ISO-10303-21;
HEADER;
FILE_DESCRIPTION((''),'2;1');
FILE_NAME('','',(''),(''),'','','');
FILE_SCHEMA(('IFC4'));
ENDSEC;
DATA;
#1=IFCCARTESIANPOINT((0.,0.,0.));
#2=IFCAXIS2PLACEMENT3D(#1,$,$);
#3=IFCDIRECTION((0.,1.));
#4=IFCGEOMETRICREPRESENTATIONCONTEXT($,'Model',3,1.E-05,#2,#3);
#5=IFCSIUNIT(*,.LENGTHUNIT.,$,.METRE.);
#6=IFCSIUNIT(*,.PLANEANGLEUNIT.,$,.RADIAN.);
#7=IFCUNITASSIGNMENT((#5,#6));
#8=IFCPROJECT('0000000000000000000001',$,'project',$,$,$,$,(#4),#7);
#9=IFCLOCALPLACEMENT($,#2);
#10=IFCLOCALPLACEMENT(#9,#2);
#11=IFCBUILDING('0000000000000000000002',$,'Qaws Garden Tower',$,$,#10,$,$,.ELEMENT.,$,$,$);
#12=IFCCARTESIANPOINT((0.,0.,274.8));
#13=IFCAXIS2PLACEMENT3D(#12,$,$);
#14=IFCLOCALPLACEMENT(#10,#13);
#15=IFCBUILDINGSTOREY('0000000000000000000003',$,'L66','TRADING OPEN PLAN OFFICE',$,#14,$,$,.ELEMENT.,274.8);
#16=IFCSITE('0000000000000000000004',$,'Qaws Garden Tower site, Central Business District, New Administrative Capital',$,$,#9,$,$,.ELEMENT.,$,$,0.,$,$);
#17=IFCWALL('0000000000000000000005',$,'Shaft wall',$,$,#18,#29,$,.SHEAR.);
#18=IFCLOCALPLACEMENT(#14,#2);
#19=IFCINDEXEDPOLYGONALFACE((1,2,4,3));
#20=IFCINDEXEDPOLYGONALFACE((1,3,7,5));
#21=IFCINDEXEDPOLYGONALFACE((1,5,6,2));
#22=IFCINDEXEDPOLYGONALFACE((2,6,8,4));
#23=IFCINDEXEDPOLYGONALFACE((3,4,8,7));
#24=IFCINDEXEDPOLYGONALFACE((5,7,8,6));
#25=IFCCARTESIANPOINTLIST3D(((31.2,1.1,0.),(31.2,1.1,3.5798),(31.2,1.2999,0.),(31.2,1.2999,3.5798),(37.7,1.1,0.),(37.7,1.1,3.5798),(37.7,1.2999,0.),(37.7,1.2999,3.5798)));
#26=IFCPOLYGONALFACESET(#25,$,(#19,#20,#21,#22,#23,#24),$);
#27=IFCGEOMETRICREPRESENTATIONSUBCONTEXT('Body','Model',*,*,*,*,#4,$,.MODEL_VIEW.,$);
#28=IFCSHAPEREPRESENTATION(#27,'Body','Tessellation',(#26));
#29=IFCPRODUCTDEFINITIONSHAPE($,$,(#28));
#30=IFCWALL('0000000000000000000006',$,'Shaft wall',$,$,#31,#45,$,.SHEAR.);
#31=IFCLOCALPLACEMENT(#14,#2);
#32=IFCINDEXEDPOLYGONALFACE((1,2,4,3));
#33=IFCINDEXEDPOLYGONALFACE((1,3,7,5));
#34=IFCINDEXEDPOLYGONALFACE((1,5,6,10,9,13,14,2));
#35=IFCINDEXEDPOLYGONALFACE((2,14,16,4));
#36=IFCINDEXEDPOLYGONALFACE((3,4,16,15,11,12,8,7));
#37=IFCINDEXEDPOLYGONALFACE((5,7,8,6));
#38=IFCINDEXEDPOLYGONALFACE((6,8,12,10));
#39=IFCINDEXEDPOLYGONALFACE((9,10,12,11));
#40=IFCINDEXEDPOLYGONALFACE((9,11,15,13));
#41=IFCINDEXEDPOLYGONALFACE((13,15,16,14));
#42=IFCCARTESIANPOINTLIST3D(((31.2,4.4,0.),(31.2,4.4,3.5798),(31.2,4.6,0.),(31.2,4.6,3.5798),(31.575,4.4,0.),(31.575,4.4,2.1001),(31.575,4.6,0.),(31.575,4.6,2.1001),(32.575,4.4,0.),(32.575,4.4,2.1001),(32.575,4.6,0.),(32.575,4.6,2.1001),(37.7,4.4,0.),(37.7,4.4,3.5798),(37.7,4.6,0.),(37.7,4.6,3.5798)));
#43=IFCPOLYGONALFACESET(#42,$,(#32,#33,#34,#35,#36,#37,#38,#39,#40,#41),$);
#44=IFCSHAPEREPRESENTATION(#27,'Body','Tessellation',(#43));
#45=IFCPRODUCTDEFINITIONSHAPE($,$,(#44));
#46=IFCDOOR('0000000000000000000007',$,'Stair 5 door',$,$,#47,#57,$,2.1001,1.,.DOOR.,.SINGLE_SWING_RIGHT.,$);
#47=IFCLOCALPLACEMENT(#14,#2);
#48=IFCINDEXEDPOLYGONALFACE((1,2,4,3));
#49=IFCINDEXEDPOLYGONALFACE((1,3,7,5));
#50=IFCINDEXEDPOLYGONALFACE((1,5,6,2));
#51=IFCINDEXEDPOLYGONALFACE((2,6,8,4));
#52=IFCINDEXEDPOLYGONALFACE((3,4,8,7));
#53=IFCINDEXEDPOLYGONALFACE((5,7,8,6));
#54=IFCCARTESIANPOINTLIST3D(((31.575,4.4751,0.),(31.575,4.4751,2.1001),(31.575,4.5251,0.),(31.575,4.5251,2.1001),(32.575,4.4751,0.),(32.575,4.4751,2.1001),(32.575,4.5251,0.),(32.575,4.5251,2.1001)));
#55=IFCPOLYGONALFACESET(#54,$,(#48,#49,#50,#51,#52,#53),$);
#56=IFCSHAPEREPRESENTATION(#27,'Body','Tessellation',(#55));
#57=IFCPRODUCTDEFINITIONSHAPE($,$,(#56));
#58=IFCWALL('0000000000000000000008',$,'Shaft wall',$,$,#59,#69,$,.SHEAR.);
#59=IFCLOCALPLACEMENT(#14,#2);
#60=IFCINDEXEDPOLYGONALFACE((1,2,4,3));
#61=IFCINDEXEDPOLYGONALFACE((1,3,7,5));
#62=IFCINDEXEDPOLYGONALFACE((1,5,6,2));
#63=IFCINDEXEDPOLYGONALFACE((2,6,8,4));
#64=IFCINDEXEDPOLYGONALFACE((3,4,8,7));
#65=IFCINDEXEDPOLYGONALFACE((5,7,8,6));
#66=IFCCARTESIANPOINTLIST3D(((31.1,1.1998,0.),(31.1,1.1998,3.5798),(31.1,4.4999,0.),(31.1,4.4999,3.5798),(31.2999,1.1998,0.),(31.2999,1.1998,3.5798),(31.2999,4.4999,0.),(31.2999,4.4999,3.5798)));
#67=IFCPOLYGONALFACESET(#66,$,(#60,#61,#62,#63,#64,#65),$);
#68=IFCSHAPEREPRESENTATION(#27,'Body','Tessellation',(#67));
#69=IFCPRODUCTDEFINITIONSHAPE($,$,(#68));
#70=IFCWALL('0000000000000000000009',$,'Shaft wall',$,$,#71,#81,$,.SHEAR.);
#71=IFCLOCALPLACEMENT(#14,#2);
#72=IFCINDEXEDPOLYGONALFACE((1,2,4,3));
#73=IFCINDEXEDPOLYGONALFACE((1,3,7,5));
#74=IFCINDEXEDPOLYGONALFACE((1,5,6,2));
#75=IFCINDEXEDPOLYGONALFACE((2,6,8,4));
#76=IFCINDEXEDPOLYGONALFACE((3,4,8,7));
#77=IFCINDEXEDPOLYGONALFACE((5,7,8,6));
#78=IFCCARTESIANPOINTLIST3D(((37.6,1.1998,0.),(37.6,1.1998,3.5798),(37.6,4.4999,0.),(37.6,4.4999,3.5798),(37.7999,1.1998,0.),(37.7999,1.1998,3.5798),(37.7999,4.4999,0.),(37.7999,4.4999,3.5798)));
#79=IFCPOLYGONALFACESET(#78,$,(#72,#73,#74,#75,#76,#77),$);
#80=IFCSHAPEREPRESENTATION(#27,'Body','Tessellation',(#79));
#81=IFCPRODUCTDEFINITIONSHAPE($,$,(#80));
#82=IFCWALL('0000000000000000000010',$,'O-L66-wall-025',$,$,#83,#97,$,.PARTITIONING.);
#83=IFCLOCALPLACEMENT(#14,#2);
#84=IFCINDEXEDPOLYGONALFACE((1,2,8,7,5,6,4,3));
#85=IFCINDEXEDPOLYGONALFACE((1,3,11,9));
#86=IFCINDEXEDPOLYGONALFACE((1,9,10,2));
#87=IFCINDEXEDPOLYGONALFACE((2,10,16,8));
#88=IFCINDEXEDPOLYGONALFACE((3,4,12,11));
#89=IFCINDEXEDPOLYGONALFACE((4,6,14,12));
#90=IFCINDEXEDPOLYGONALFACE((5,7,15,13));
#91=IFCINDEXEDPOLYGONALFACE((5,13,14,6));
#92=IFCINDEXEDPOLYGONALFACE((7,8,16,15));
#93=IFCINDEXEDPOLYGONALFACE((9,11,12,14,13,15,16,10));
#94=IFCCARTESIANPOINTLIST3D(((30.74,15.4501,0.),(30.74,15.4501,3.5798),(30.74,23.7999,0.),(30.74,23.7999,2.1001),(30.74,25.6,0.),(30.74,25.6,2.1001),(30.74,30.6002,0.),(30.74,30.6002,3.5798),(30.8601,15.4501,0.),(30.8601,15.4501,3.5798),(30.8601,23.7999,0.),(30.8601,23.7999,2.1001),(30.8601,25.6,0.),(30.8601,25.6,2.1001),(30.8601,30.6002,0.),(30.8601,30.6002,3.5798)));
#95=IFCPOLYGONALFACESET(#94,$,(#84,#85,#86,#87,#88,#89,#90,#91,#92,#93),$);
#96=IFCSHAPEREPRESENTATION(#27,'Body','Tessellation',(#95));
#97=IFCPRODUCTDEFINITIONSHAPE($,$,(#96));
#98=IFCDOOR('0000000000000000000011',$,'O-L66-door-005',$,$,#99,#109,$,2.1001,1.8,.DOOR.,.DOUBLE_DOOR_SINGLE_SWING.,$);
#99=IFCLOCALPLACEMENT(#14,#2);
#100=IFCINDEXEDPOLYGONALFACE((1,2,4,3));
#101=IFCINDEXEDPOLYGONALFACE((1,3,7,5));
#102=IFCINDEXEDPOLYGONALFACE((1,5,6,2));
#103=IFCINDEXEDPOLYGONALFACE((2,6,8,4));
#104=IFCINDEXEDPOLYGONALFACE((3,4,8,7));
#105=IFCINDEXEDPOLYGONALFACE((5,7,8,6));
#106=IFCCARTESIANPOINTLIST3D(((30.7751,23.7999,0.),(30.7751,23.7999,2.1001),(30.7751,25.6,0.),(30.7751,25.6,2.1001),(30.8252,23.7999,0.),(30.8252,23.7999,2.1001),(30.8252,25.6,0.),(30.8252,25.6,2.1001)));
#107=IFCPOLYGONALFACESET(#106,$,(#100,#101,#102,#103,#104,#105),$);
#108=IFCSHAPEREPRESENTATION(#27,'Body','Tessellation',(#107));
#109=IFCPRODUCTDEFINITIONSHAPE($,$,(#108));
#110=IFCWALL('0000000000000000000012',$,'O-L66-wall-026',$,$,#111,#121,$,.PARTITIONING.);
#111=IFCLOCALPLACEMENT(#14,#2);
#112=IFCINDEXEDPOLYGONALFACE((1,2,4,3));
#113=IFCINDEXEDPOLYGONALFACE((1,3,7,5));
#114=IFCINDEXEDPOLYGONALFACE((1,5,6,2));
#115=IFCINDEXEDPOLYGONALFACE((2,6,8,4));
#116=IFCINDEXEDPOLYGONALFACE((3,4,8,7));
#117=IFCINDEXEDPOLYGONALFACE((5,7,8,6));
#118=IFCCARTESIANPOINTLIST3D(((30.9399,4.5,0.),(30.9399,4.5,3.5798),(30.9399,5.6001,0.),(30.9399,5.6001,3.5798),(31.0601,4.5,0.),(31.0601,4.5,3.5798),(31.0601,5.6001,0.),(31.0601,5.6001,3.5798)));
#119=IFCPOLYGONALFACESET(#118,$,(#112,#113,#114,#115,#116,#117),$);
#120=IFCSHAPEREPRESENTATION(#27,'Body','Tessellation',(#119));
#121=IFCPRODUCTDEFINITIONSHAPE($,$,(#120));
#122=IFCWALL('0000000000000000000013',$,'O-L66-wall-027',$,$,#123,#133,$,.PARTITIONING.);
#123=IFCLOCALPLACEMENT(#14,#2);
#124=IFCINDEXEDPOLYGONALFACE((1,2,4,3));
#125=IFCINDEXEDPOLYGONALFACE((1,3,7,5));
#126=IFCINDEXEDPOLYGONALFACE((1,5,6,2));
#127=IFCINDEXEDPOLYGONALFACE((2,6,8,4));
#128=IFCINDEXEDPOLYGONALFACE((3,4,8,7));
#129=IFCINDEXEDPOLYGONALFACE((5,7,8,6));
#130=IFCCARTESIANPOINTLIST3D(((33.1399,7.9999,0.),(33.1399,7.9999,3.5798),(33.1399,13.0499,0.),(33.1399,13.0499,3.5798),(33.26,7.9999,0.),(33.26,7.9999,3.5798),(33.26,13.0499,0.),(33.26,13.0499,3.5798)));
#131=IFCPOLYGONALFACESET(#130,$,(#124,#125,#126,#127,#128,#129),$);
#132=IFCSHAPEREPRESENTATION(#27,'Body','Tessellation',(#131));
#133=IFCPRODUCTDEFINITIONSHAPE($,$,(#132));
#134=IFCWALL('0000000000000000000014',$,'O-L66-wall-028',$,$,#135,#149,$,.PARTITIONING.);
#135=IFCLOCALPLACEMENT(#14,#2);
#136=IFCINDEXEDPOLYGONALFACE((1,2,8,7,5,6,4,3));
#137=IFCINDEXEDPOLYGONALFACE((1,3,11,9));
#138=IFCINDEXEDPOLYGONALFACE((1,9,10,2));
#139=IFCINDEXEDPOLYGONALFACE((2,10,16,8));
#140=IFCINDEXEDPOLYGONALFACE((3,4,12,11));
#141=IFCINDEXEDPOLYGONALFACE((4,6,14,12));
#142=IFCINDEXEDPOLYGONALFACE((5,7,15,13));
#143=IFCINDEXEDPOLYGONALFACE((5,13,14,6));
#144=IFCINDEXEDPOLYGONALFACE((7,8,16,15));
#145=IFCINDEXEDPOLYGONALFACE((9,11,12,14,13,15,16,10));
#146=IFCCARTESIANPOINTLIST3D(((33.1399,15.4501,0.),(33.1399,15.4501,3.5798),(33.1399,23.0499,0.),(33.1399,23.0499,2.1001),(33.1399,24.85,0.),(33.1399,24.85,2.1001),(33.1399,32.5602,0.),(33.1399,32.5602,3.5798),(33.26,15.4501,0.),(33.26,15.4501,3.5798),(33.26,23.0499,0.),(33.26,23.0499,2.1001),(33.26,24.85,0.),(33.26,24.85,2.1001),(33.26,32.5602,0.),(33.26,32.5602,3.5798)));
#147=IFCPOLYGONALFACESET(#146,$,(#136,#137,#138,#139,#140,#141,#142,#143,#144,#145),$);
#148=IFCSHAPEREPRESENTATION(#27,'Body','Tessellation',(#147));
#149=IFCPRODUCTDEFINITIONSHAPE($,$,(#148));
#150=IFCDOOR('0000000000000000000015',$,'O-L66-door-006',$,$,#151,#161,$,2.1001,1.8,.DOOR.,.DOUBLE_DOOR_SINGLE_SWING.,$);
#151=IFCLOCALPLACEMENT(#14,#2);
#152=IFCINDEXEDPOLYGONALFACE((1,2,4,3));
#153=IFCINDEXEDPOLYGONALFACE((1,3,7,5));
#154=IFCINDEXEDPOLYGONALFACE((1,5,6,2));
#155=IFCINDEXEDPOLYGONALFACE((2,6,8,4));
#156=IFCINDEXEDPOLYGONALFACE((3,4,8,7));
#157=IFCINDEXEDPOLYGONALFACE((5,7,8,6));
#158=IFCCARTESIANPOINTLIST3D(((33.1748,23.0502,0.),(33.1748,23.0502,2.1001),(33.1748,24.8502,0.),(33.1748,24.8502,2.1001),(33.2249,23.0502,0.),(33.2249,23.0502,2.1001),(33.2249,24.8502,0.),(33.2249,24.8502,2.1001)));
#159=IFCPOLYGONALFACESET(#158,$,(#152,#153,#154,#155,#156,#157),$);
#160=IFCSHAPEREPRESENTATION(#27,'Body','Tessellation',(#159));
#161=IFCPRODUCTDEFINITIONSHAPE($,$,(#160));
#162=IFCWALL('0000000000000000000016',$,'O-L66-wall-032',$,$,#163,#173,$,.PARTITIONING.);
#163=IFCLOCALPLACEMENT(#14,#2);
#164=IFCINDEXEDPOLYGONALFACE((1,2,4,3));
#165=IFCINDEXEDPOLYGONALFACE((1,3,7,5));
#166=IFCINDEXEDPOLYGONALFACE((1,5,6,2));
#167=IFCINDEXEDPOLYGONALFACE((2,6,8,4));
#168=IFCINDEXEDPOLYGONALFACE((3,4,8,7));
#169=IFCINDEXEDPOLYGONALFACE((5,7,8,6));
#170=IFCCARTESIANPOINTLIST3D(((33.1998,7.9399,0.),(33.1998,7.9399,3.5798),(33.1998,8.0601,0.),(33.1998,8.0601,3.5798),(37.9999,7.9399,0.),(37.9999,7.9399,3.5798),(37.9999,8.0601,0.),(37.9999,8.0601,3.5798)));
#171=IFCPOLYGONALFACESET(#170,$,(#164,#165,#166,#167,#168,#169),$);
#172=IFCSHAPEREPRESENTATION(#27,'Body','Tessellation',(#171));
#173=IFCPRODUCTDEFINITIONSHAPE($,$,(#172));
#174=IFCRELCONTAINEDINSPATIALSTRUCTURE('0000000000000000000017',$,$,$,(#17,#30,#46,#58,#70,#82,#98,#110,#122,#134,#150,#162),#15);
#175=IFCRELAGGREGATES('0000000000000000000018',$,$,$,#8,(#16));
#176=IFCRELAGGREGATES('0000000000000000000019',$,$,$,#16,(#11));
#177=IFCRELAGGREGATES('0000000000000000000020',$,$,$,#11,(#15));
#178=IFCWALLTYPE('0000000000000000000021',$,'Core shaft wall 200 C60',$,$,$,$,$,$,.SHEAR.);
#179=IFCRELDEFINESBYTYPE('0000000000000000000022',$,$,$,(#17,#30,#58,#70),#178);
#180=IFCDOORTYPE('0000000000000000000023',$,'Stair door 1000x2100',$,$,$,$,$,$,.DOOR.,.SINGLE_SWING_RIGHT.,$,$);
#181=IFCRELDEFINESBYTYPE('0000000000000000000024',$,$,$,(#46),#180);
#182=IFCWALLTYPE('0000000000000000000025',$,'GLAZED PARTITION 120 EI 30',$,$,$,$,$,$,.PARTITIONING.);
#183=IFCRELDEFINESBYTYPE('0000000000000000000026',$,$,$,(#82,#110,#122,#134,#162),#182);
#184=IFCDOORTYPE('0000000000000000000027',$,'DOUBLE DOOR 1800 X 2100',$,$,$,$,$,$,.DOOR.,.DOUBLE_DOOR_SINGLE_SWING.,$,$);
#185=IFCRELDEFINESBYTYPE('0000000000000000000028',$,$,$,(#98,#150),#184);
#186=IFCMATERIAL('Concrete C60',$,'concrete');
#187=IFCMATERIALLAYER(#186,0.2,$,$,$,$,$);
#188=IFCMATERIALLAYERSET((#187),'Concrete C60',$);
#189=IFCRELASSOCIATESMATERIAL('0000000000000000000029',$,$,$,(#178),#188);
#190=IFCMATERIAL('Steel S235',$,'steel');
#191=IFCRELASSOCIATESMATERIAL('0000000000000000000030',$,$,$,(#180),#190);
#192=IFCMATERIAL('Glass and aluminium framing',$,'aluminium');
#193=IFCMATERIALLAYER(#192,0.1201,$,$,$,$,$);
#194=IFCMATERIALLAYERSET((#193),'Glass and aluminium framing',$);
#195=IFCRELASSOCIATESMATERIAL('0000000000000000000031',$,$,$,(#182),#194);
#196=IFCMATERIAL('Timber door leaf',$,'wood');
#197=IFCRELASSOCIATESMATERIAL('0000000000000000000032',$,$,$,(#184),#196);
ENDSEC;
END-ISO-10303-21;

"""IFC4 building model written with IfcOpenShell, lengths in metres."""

from ifc_helpers import new_model, si_unit, direction, frame, frame_2d, origin, place, context, subcontext, project, spatial, rectangle, extrude, material, layer, layer_set, type_object, element, fill, save


model = new_model("IFC4")

# Units and contexts
model_context = context("Model", 3, precision=1e-05, world=origin(), true_north=direction((0.0, 1.0)))
body_context = subcontext(model_context, "Body", "Model", "MODEL_VIEW")
ifc_project = project(units=[si_unit("LENGTHUNIT", "METRE"), si_unit("PLANEANGLEUNIT", "RADIAN")], contexts=[model_context])

# Site, building, storey
site_placement = place(None, origin())
site = spatial("IfcSite", under=ifc_project, at=site_placement, Name="Qaws Garden Tower site, Central Business District, New Administrative Capital", CompositionType="ELEMENT", RefElevation=0.0)
building_placement = place(site_placement, origin())
building = spatial("IfcBuilding", under=site, at=building_placement, Name="Qaws Garden Tower", CompositionType="ELEMENT")
storey_placement = place(building_placement, frame((0.0, 0.0, 274.8)))
storey = spatial("IfcBuildingStorey", under=building, at=storey_placement, Name="L66", Description="TRADING OPEN PLAN OFFICE", CompositionType="ELEMENT", Elevation=274.8)

# Wall
ifc_material_1 = material(Name="Concrete C60", Category="concrete")
ifc_layer_1 = layer(ifc_material_1, 0.2)
ifc_layer_set_1 = layer_set([ifc_layer_1], Name="Concrete C60")
wall_type_1 = type_object("IfcWallType", Name="Core shaft wall 200 C60", PredefinedType="SHEAR", material=ifc_layer_set_1)
wall_1_placement = place(storey_placement, frame((31.2, 1.2, 0.0), z_axis=(0.0, 0.0, 1.0), x_axis=(1.0, 0.0, 0.0)))
element("IfcWall", 1, at=wall_1_placement, inside=storey, type_object=wall_type_1, Name="Shaft wall", PredefinedType="SHEAR", context=body_context, shape_type="SweptSolid", body=[
    extrude(rectangle(XDim=6.5, YDim=0.2, at=frame_2d((3.25, 0.0))), origin(), (0.0, 0.0, 1.0), 3.5798),
])

# Wall, opening, door
wall_2_placement = place(storey_placement, frame((31.2, 4.5, 0.0), z_axis=(0.0, 0.0, 1.0), x_axis=(1.0, 0.0, 0.0)))
wall_2 = element("IfcWall", 2, at=wall_2_placement, inside=storey, type_object=wall_type_1, Name="Shaft wall", PredefinedType="SHEAR", context=body_context, shape_type="SweptSolid", body=[
    extrude(rectangle(XDim=6.5, YDim=0.2, at=frame_2d((3.25, 0.0))), origin(), (0.0, 0.0, 1.0), 3.5798),
])
opening_1_placement = place(wall_2_placement, frame((0.375, 0.0, 0.0)))
opening_1 = element("IfcOpeningElement", 3, at=opening_1_placement, cuts=wall_2, PredefinedType="OPENING", context=body_context, shape_type="SweptSolid", body=[
    extrude(rectangle(XDim=1.0, YDim=2.1001, at=frame_2d((0.5, 1.05))), frame((0.0, 0.1099, 0.0), z_axis=(0.0, -1.0, 0.0), x_axis=(1.0, 0.0, 0.0)), (0.0, 0.0, 1.0), 0.22),
])
ifc_material_2 = material(Name="Steel S235", Category="steel")
door_type_1 = type_object("IfcDoorType", Name="Stair door 1000x2100", OperationType="SINGLE_SWING_RIGHT", PredefinedType="DOOR", material=ifc_material_2)
door_1_placement = place(opening_1_placement, frame((1.0, 0.0, 0.0), z_axis=(0.0, 0.0, 1.0), x_axis=(-1.0, 0.0, 0.0)))
door_1 = element("IfcDoor", 4, at=door_1_placement, inside=storey, type_object=door_type_1, Name="Stair 5 door", OperationType="SINGLE_SWING_RIGHT", OverallHeight=2.1001, OverallWidth=1.0, PredefinedType="DOOR", context=body_context, shape_type="SweptSolid", body=[
    extrude(rectangle(XDim=1.0, YDim=2.1001, at=frame_2d((0.5, 1.05))), frame((0.0, 0.0249, 0.0), z_axis=(0.0, -1.0, 0.0), x_axis=(1.0, 0.0, 0.0)), (0.0, 0.0, 1.0), 0.05),
])
fill(opening_1, door_1)

# Walls
for number, where, z_axis, x_axis, name in (
    (5, (31.2, 1.2, 0.0), (0.0, 0.0, 1.0), (0.0, 1.0, 0.0), "Shaft wall"),
    (6, (37.7, 1.2, 0.0), (0.0, 0.0, 1.0), (0.0, 1.0, 0.0), "Shaft wall"),
):
    element("IfcWall", number, at=place(storey_placement, frame(where, z_axis=z_axis, x_axis=x_axis)), inside=storey, type_object=wall_type_1, Name=name, PredefinedType="SHEAR", context=body_context, shape_type="SweptSolid", body=[
        extrude(rectangle(XDim=3.3, YDim=0.2, at=frame_2d((1.6499, 0.0))), origin(), (0.0, 0.0, 1.0), 3.5798),
    ])

# Wall, opening, door
ifc_material_3 = material(Name="Glass and aluminium framing", Category="aluminium")
ifc_layer_2 = layer(ifc_material_3, 0.1201)
ifc_layer_set_2 = layer_set([ifc_layer_2], Name="Glass and aluminium framing")
wall_type_2 = type_object("IfcWallType", Name="GLAZED PARTITION 120 EI 30", PredefinedType="PARTITIONING", material=ifc_layer_set_2)
wall_3_placement = place(storey_placement, frame((30.8, 15.45, 0.0), z_axis=(0.0, 0.0, 1.0), x_axis=(0.0, 1.0, 0.0)))
wall_3 = element("IfcWall", 7, at=wall_3_placement, inside=storey, type_object=wall_type_2, Name="O-L66-wall-025", PredefinedType="PARTITIONING", context=body_context, shape_type="SweptSolid", body=[
    extrude(rectangle(XDim=15.1501, YDim=0.1201, at=frame_2d((7.5752, 0.0))), origin(), (0.0, 0.0, 1.0), 3.5798),
])
opening_2_placement = place(wall_3_placement, frame((8.3501, 0.0, 0.0)))
opening_2 = element("IfcOpeningElement", 8, at=opening_2_placement, cuts=wall_3, PredefinedType="OPENING", context=body_context, shape_type="SweptSolid", body=[
    extrude(rectangle(XDim=1.8, YDim=2.1001, at=frame_2d((0.8999, 1.05))), frame((0.0, 0.0701, 0.0), z_axis=(0.0, -1.0, 0.0), x_axis=(1.0, 0.0, 0.0)), (0.0, 0.0, 1.0), 0.1401),
])
ifc_material_4 = material(Name="Timber door leaf", Category="wood")
door_type_2 = type_object("IfcDoorType", Name="DOUBLE DOOR 1800 X 2100", OperationType="DOUBLE_DOOR_SINGLE_SWING", PredefinedType="DOOR", material=ifc_material_4)
door_2_placement = place(opening_2_placement, origin())
door_2 = element("IfcDoor", 9, at=door_2_placement, inside=storey, type_object=door_type_2, Name="O-L66-door-005", OperationType="DOUBLE_DOOR_SINGLE_SWING", OverallHeight=2.1001, OverallWidth=1.8, PredefinedType="DOOR", context=body_context, shape_type="SweptSolid", body=[
    extrude(rectangle(XDim=1.8, YDim=2.1001, at=frame_2d((0.8999, 1.05))), frame((0.0, 0.0249, 0.0), z_axis=(0.0, -1.0, 0.0), x_axis=(1.0, 0.0, 0.0)), (0.0, 0.0, 1.0), 0.05),
])
fill(opening_2, door_2)

# Walls
wall_4_placement = place(storey_placement, frame((31.0, 4.5, 0.0), z_axis=(0.0, 0.0, 1.0), x_axis=(0.0, 1.0, 0.0)))
element("IfcWall", 10, at=wall_4_placement, inside=storey, type_object=wall_type_2, Name="O-L66-wall-026", PredefinedType="PARTITIONING", context=body_context, shape_type="SweptSolid", body=[
    extrude(rectangle(XDim=1.1001, YDim=0.1201, at=frame_2d((0.55, 0.0))), origin(), (0.0, 0.0, 1.0), 3.5798),
])
wall_5_placement = place(storey_placement, frame((33.2, 8.0, 0.0), z_axis=(0.0, 0.0, 1.0), x_axis=(0.0, 1.0, 0.0)))
element("IfcWall", 11, at=wall_5_placement, inside=storey, type_object=wall_type_2, Name="O-L66-wall-027", PredefinedType="PARTITIONING", context=body_context, shape_type="SweptSolid", body=[
    extrude(rectangle(XDim=5.05, YDim=0.1201, at=frame_2d((2.5249, 0.0))), origin(), (0.0, 0.0, 1.0), 3.5798),
])

# Wall, opening, door
wall_6_placement = place(storey_placement, frame((33.2, 15.45, 0.0), z_axis=(0.0, 0.0, 1.0), x_axis=(0.0, 1.0, 0.0)))
wall_6 = element("IfcWall", 12, at=wall_6_placement, inside=storey, type_object=wall_type_2, Name="O-L66-wall-028", PredefinedType="PARTITIONING", context=body_context, shape_type="SweptSolid", body=[
    extrude(rectangle(XDim=17.1101, YDim=0.1201, at=frame_2d((8.5552, 0.0))), origin(), (0.0, 0.0, 1.0), 3.5798),
])
opening_3_placement = place(wall_6_placement, frame((7.6001, 0.0, 0.0)))
opening_3 = element("IfcOpeningElement", 13, at=opening_3_placement, cuts=wall_6, PredefinedType="OPENING", context=body_context, shape_type="SweptSolid", body=[
    extrude(rectangle(XDim=1.8, YDim=2.1001, at=frame_2d((0.8999, 1.05))), frame((0.0, 0.0701, 0.0), z_axis=(0.0, -1.0, 0.0), x_axis=(1.0, 0.0, 0.0)), (0.0, 0.0, 1.0), 0.1401),
])
door_3_placement = place(opening_3_placement, frame((1.8, 0.0, 0.0), z_axis=(0.0, 0.0, 1.0), x_axis=(-1.0, 0.0, 0.0)))
door_3 = element("IfcDoor", 14, at=door_3_placement, inside=storey, type_object=door_type_2, Name="O-L66-door-006", OperationType="DOUBLE_DOOR_SINGLE_SWING", OverallHeight=2.1001, OverallWidth=1.8, PredefinedType="DOOR", context=body_context, shape_type="SweptSolid", body=[
    extrude(rectangle(XDim=1.8, YDim=2.1001, at=frame_2d((0.8999, 1.05))), frame((0.0, 0.0249, 0.0), z_axis=(0.0, -1.0, 0.0), x_axis=(1.0, 0.0, 0.0)), (0.0, 0.0, 1.0), 0.05),
])
fill(opening_3, door_3)

# Wall
wall_7_placement = place(storey_placement, frame((33.2, 8.0, 0.0), z_axis=(0.0, 0.0, 1.0), x_axis=(1.0, 0.0, 0.0)))
element("IfcWall", 15, at=wall_7_placement, inside=storey, type_object=wall_type_2, Name="O-L66-wall-032", PredefinedType="PARTITIONING", context=body_context, shape_type="SweptSolid", body=[
    extrude(rectangle(XDim=4.8, YDim=0.1201, at=frame_2d((2.3999, 0.0))), origin(), (0.0, 0.0, 1.0), 3.5798),
])

save(model, "model.ifc")
